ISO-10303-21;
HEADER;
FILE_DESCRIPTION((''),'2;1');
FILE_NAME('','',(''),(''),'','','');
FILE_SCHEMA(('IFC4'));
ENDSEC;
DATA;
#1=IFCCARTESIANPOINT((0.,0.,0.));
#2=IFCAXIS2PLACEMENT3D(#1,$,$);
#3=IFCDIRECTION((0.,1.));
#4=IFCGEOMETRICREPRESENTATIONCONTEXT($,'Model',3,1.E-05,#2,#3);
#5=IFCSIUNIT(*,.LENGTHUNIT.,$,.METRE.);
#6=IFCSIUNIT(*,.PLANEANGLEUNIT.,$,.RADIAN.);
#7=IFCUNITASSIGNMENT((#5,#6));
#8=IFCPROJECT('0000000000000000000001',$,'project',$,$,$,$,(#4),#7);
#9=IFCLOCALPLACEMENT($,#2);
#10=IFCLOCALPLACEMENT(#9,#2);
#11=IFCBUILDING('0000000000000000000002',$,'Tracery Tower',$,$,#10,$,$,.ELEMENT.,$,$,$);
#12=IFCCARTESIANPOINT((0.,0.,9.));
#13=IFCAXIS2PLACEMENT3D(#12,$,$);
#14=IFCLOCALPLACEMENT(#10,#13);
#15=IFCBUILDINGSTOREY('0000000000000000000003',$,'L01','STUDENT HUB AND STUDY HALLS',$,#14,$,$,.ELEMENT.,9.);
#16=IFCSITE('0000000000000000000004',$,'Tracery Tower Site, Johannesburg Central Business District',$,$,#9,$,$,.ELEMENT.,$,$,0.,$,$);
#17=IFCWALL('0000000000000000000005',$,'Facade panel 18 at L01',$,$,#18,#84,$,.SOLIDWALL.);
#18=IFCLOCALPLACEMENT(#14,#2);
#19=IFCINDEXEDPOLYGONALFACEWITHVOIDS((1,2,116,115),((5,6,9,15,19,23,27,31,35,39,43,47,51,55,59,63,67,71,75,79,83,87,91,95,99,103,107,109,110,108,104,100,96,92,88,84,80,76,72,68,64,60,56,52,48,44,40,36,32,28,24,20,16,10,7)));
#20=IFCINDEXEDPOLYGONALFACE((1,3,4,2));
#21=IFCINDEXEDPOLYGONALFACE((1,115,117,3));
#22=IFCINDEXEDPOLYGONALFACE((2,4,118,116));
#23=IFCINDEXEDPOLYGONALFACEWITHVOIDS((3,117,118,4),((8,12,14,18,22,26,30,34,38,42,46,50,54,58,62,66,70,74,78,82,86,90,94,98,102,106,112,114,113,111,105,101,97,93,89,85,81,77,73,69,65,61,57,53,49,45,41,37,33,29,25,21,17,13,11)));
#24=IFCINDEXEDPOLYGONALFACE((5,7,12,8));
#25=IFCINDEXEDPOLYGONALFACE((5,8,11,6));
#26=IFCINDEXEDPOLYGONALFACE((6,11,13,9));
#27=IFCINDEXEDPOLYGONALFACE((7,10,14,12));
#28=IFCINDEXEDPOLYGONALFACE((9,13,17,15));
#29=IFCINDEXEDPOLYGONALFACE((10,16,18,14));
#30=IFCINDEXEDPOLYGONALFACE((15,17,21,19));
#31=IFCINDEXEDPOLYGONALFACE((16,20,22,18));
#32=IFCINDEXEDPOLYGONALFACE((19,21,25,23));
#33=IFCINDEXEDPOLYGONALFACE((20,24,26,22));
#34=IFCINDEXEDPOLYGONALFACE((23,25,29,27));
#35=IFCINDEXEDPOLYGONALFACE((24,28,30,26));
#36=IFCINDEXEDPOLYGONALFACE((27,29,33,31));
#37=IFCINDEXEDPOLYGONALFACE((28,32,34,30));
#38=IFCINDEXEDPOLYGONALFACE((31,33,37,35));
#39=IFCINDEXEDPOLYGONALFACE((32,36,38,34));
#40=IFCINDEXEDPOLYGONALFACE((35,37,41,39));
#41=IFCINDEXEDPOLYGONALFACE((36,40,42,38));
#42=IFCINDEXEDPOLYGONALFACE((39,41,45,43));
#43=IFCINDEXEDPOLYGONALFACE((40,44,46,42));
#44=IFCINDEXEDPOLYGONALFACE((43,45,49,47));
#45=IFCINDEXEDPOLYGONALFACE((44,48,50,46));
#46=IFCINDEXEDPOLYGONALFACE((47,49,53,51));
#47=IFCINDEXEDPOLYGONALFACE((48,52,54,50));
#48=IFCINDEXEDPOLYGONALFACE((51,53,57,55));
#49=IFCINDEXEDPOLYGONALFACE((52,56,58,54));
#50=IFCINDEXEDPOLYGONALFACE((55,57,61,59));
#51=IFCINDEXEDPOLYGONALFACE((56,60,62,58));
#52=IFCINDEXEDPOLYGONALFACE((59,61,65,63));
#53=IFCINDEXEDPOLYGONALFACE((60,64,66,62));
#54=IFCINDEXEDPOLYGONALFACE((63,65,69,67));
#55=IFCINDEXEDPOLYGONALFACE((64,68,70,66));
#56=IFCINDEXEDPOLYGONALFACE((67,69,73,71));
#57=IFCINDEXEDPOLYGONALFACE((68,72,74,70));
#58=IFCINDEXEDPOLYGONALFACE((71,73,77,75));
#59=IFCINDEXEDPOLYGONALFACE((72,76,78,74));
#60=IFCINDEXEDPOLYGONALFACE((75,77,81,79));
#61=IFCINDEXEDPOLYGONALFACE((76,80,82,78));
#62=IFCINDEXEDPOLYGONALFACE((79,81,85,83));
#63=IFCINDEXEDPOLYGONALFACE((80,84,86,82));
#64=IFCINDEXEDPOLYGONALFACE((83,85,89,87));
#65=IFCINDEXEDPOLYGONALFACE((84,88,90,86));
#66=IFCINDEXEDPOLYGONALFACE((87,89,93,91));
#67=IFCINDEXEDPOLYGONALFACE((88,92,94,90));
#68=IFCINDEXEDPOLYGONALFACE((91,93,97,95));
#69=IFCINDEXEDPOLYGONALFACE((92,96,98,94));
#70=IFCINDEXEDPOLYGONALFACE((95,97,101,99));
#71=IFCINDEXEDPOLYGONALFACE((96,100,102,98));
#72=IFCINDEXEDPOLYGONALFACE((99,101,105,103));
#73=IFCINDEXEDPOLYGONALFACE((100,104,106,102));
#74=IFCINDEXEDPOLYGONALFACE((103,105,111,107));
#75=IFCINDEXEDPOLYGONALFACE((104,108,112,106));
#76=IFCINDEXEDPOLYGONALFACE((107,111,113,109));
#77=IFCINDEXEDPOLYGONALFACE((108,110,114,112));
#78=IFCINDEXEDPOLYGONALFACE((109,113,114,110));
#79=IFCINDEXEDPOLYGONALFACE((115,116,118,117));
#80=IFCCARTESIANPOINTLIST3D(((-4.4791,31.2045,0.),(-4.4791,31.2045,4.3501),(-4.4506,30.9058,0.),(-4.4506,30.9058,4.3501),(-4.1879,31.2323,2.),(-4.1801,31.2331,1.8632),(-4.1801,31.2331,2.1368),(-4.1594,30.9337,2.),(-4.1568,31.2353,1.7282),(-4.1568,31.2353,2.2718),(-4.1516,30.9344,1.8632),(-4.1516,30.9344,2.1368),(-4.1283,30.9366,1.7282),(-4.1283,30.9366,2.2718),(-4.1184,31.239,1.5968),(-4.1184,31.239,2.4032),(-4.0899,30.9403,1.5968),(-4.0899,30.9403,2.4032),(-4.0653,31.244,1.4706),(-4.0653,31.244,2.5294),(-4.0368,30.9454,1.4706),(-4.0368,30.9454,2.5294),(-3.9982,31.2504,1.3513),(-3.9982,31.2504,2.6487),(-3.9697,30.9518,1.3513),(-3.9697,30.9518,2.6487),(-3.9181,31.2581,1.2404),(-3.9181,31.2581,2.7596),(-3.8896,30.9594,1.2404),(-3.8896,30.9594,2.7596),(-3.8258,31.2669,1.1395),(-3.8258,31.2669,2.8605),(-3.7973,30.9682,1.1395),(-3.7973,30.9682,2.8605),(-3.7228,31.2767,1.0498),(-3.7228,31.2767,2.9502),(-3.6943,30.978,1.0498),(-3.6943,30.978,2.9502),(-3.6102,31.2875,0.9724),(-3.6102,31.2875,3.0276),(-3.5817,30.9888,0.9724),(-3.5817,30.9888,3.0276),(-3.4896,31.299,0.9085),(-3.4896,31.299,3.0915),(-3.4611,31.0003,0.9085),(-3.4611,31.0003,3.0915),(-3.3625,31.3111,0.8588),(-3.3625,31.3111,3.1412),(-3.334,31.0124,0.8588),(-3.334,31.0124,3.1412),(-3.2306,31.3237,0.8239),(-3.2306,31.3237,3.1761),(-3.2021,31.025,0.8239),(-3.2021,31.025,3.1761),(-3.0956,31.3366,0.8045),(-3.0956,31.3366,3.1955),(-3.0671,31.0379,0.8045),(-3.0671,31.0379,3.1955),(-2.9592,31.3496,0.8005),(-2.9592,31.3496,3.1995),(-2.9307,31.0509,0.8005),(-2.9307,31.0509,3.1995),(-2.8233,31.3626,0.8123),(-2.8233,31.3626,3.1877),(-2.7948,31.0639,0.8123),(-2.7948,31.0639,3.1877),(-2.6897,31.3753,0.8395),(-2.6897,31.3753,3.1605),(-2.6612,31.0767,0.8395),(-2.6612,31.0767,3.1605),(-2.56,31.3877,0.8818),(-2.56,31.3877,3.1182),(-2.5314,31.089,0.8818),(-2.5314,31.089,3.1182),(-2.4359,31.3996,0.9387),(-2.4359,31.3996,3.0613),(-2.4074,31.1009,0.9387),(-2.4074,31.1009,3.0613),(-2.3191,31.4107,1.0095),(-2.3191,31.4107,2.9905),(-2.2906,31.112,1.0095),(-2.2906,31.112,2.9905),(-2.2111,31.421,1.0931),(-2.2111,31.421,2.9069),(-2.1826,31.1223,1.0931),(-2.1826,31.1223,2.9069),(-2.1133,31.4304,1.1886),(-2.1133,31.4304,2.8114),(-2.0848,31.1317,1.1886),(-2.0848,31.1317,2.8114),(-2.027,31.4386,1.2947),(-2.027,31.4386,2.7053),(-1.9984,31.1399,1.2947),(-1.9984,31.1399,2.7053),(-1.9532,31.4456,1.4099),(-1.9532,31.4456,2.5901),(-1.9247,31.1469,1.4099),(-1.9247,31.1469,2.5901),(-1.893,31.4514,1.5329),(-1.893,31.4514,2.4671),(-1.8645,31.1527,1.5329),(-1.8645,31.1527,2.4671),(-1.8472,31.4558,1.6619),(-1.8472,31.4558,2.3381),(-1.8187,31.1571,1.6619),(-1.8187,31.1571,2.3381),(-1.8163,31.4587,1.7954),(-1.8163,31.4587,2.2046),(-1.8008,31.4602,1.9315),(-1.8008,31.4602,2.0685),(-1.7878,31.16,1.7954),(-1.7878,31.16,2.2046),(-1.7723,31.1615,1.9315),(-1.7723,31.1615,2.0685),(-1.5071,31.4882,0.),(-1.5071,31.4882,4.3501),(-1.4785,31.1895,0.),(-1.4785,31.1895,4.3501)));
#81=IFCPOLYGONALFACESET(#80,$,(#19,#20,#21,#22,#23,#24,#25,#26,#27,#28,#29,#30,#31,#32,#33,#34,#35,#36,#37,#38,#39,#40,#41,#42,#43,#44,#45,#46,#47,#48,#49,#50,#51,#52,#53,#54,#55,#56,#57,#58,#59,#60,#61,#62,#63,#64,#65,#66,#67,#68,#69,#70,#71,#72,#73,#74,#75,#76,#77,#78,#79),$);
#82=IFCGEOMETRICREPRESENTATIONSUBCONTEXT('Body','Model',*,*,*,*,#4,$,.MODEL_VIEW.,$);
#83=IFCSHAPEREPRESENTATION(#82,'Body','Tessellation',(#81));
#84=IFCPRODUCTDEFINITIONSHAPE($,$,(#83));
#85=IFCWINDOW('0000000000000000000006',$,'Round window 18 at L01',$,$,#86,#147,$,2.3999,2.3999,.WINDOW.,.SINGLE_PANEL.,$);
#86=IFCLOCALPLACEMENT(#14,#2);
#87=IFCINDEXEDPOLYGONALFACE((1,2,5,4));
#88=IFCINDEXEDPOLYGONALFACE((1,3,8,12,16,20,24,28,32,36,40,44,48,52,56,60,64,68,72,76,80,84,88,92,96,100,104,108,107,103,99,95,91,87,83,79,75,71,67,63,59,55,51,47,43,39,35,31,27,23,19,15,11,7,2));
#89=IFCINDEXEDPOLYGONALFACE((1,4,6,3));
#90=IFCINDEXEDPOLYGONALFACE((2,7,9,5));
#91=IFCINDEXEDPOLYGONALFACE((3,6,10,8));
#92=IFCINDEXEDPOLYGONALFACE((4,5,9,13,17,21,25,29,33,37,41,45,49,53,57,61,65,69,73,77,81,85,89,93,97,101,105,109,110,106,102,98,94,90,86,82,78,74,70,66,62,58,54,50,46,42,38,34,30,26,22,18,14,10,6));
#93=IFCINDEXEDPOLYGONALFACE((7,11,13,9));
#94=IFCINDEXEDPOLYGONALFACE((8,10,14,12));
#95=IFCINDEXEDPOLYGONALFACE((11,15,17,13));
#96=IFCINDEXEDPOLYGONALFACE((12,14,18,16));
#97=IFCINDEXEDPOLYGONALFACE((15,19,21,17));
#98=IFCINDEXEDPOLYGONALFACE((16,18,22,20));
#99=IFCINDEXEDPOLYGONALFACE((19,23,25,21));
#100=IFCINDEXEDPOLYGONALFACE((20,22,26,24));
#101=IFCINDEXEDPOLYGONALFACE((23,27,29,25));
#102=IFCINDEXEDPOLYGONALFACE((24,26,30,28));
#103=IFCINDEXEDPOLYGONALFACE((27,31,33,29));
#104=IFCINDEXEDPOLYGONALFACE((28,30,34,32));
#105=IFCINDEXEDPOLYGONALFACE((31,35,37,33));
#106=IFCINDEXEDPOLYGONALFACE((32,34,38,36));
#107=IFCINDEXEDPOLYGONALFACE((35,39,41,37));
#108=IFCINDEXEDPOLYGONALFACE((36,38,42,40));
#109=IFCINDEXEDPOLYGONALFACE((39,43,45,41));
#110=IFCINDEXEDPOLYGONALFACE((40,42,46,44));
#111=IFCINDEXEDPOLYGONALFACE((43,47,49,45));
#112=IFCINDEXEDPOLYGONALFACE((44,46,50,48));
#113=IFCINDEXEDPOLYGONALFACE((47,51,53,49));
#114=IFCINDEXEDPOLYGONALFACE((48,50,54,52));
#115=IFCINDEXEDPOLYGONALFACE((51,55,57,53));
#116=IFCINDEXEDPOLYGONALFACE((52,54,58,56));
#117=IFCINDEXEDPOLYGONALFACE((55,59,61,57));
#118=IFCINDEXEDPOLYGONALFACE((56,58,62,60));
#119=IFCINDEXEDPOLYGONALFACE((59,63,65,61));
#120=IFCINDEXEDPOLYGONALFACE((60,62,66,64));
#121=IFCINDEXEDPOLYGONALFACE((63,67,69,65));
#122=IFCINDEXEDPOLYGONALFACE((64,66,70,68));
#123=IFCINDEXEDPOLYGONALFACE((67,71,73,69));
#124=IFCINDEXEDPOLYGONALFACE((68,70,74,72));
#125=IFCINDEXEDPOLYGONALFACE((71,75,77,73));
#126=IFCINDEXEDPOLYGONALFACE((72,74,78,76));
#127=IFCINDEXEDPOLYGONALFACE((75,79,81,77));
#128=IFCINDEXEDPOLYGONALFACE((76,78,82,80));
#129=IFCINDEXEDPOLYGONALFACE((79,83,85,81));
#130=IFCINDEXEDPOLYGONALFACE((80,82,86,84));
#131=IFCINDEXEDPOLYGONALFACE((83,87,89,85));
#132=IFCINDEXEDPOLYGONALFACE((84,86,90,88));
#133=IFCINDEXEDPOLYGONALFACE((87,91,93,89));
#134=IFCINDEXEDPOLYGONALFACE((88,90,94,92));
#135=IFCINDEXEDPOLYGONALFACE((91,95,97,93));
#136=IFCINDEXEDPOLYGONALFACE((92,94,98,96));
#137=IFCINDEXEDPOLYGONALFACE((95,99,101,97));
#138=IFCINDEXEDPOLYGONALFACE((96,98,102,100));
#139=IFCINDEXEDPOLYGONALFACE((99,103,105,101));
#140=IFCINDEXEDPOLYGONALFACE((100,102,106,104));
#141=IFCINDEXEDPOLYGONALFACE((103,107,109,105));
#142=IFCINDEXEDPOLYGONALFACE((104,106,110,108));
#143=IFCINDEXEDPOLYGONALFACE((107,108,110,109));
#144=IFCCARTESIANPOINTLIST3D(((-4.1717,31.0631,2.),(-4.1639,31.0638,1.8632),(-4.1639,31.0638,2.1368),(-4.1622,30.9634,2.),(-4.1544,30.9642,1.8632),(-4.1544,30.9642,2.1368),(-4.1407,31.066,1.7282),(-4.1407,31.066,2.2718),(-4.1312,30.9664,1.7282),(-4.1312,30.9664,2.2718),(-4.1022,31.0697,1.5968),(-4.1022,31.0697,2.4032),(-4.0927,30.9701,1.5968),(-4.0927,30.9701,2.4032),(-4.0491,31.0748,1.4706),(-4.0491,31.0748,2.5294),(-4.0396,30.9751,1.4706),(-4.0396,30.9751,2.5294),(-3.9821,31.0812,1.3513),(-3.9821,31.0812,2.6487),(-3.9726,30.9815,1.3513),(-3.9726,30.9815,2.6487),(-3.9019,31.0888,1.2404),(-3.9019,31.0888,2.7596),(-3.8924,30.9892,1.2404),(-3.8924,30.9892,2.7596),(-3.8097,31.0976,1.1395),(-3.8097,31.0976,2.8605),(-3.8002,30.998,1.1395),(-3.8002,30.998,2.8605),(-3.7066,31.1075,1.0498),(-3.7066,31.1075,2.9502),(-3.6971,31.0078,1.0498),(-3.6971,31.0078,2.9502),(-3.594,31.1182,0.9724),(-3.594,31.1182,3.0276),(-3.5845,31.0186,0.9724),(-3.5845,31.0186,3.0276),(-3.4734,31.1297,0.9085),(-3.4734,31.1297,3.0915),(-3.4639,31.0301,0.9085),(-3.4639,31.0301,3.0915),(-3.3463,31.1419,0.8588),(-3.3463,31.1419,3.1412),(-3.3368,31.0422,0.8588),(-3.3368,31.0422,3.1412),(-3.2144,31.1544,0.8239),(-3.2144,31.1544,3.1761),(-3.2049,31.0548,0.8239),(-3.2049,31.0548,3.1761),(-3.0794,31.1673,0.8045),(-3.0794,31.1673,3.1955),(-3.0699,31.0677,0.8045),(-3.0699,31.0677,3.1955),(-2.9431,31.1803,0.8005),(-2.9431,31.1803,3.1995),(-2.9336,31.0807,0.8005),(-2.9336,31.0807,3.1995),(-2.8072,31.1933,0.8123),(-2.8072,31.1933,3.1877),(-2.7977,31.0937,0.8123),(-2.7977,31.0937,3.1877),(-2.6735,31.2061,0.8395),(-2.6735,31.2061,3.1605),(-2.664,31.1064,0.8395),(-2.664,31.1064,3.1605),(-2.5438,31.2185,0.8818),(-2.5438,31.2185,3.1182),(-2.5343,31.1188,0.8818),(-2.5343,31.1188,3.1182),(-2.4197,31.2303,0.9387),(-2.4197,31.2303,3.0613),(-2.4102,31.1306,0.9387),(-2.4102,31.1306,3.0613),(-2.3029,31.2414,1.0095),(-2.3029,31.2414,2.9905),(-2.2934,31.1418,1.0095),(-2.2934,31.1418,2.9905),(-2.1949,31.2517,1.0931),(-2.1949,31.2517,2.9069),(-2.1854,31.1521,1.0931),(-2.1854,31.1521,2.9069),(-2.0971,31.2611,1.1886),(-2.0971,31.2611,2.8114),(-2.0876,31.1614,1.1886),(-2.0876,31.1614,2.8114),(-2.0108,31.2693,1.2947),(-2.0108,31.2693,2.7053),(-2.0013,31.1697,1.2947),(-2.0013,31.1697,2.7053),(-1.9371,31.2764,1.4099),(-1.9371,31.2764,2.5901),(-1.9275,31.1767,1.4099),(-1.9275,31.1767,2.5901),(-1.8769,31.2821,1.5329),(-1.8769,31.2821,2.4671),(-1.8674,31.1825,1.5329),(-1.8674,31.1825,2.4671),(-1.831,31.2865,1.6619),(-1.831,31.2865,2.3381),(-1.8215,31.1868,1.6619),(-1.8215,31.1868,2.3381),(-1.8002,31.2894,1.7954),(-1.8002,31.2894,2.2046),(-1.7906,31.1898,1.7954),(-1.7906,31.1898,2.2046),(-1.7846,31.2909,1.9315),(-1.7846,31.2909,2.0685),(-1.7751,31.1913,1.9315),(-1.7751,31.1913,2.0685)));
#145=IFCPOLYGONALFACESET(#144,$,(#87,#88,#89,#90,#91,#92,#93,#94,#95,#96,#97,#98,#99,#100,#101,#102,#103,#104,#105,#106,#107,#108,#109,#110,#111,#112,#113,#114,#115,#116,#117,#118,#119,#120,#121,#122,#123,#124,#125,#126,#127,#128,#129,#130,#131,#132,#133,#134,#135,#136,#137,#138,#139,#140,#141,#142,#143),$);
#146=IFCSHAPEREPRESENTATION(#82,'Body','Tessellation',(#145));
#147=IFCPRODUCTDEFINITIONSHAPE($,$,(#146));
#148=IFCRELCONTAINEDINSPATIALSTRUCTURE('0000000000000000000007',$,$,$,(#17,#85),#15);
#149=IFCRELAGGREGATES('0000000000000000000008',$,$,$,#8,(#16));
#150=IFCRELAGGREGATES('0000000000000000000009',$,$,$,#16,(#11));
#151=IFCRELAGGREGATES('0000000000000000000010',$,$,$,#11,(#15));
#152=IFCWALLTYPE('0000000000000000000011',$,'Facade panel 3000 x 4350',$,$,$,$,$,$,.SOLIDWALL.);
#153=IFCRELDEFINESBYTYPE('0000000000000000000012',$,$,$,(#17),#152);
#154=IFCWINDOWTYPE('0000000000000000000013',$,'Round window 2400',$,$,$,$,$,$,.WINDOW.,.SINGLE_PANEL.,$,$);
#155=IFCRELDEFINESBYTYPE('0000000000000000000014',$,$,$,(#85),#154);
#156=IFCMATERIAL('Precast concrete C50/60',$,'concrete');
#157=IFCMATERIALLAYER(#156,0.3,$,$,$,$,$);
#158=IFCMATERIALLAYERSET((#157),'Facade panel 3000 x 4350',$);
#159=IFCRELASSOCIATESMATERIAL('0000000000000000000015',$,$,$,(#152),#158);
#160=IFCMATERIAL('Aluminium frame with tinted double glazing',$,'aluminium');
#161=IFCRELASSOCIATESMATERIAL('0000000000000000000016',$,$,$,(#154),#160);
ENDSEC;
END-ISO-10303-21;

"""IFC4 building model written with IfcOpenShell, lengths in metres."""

from ifc_helpers import new_model, si_unit, direction, frame, frame_2d, origin, origin_2d, place, context, subcontext, project, spatial, rectangle, circle, extrude, material, layer, layer_set, type_object, element, fill, save


model = new_model("IFC4")

# Units and contexts
model_context = context("Model", 3, precision=1e-05, world=origin(), true_north=direction((0.0, 1.0)))
body_context = subcontext(model_context, "Body", "Model", "MODEL_VIEW")
ifc_project = project(units=[si_unit("LENGTHUNIT", "METRE"), si_unit("PLANEANGLEUNIT", "RADIAN")], contexts=[model_context])

# Site, building, storey
site_placement = place(None, origin())
site = spatial("IfcSite", under=ifc_project, at=site_placement, Name="Tracery Tower Site, Johannesburg Central Business District", CompositionType="ELEMENT", RefElevation=0.0)
building_placement = place(site_placement, origin())
building = spatial("IfcBuilding", under=site, at=building_placement, Name="Tracery Tower", CompositionType="ELEMENT")
storey_placement = place(building_placement, frame((0.0, 0.0, 9.0)))
storey = spatial("IfcBuildingStorey", under=building, at=storey_placement, Name="L01", Description="STUDENT HUB AND STUDY HALLS", CompositionType="ELEMENT", Elevation=9.0)

# Wall, opening, window
ifc_material_1 = material(Name="Precast concrete C50/60", Category="concrete")
ifc_layer_1 = layer(ifc_material_1, 0.3)
ifc_layer_set_1 = layer_set([ifc_layer_1], Name="Facade panel 3000 x 4350")
wall_type_1 = type_object("IfcWallType", Name="Facade panel 3000 x 4350", PredefinedType="SOLIDWALL", material=ifc_layer_set_1)
wall_1_placement = place(storey_placement, frame((-1.4929, 31.3389, 0.0), z_axis=(0.0, 0.0, 1.0), x_axis=(-0.995476, -0.095017, 0.0)))
wall_1 = element("IfcWall", 1, at=wall_1_placement, inside=storey, type_object=wall_type_1, Name="Facade panel 18 at L01", PredefinedType="SOLIDWALL", context=body_context, shape_type="SweptSolid", body=[
    extrude(rectangle(XDim=2.9856, YDim=0.3, at=frame_2d((1.4927, 0.0))), origin(), (0.0, 0.0, 1.0), 4.3501),
])
opening_1_placement = place(wall_1_placement, frame((1.4929, 0.0, 2.0)))
opening_1 = element("IfcOpeningElement", 2, at=opening_1_placement, cuts=wall_1, PredefinedType="OPENING", context=body_context, shape_type="SweptSolid", body=[
    extrude(circle(Radius=1.2, at=origin_2d()), frame((0.0, 0.1599, 0.0), z_axis=(0.0, -1.0, 0.0), x_axis=(1.0, 0.0, 0.0)), (0.0, 0.0, 1.0), 0.3201),
])
ifc_material_2 = material(Name="Aluminium frame with tinted double glazing", Category="aluminium")
window_type = type_object("IfcWindowType", Name="Round window 2400", PartitioningType="SINGLE_PANEL", PredefinedType="WINDOW", material=ifc_material_2)
window_1_placement = place(opening_1_placement, origin())
window_1 = element("IfcWindow", 3, at=window_1_placement, inside=storey, type_object=window_type, Name="Round window 18 at L01", OverallHeight=2.3999, OverallWidth=2.3999, PartitioningType="SINGLE_PANEL", PredefinedType="WINDOW", context=body_context, shape_type="SweptSolid", body=[
    extrude(circle(Radius=1.2, at=origin_2d()), frame((0.0, 0.1201, 0.0), z_axis=(0.0, -1.0, 0.0), x_axis=(1.0, 0.0, 0.0)), (0.0, 0.0, 1.0), 0.1001),
])
fill(opening_1, window_1)

save(model, "model.ifc")
